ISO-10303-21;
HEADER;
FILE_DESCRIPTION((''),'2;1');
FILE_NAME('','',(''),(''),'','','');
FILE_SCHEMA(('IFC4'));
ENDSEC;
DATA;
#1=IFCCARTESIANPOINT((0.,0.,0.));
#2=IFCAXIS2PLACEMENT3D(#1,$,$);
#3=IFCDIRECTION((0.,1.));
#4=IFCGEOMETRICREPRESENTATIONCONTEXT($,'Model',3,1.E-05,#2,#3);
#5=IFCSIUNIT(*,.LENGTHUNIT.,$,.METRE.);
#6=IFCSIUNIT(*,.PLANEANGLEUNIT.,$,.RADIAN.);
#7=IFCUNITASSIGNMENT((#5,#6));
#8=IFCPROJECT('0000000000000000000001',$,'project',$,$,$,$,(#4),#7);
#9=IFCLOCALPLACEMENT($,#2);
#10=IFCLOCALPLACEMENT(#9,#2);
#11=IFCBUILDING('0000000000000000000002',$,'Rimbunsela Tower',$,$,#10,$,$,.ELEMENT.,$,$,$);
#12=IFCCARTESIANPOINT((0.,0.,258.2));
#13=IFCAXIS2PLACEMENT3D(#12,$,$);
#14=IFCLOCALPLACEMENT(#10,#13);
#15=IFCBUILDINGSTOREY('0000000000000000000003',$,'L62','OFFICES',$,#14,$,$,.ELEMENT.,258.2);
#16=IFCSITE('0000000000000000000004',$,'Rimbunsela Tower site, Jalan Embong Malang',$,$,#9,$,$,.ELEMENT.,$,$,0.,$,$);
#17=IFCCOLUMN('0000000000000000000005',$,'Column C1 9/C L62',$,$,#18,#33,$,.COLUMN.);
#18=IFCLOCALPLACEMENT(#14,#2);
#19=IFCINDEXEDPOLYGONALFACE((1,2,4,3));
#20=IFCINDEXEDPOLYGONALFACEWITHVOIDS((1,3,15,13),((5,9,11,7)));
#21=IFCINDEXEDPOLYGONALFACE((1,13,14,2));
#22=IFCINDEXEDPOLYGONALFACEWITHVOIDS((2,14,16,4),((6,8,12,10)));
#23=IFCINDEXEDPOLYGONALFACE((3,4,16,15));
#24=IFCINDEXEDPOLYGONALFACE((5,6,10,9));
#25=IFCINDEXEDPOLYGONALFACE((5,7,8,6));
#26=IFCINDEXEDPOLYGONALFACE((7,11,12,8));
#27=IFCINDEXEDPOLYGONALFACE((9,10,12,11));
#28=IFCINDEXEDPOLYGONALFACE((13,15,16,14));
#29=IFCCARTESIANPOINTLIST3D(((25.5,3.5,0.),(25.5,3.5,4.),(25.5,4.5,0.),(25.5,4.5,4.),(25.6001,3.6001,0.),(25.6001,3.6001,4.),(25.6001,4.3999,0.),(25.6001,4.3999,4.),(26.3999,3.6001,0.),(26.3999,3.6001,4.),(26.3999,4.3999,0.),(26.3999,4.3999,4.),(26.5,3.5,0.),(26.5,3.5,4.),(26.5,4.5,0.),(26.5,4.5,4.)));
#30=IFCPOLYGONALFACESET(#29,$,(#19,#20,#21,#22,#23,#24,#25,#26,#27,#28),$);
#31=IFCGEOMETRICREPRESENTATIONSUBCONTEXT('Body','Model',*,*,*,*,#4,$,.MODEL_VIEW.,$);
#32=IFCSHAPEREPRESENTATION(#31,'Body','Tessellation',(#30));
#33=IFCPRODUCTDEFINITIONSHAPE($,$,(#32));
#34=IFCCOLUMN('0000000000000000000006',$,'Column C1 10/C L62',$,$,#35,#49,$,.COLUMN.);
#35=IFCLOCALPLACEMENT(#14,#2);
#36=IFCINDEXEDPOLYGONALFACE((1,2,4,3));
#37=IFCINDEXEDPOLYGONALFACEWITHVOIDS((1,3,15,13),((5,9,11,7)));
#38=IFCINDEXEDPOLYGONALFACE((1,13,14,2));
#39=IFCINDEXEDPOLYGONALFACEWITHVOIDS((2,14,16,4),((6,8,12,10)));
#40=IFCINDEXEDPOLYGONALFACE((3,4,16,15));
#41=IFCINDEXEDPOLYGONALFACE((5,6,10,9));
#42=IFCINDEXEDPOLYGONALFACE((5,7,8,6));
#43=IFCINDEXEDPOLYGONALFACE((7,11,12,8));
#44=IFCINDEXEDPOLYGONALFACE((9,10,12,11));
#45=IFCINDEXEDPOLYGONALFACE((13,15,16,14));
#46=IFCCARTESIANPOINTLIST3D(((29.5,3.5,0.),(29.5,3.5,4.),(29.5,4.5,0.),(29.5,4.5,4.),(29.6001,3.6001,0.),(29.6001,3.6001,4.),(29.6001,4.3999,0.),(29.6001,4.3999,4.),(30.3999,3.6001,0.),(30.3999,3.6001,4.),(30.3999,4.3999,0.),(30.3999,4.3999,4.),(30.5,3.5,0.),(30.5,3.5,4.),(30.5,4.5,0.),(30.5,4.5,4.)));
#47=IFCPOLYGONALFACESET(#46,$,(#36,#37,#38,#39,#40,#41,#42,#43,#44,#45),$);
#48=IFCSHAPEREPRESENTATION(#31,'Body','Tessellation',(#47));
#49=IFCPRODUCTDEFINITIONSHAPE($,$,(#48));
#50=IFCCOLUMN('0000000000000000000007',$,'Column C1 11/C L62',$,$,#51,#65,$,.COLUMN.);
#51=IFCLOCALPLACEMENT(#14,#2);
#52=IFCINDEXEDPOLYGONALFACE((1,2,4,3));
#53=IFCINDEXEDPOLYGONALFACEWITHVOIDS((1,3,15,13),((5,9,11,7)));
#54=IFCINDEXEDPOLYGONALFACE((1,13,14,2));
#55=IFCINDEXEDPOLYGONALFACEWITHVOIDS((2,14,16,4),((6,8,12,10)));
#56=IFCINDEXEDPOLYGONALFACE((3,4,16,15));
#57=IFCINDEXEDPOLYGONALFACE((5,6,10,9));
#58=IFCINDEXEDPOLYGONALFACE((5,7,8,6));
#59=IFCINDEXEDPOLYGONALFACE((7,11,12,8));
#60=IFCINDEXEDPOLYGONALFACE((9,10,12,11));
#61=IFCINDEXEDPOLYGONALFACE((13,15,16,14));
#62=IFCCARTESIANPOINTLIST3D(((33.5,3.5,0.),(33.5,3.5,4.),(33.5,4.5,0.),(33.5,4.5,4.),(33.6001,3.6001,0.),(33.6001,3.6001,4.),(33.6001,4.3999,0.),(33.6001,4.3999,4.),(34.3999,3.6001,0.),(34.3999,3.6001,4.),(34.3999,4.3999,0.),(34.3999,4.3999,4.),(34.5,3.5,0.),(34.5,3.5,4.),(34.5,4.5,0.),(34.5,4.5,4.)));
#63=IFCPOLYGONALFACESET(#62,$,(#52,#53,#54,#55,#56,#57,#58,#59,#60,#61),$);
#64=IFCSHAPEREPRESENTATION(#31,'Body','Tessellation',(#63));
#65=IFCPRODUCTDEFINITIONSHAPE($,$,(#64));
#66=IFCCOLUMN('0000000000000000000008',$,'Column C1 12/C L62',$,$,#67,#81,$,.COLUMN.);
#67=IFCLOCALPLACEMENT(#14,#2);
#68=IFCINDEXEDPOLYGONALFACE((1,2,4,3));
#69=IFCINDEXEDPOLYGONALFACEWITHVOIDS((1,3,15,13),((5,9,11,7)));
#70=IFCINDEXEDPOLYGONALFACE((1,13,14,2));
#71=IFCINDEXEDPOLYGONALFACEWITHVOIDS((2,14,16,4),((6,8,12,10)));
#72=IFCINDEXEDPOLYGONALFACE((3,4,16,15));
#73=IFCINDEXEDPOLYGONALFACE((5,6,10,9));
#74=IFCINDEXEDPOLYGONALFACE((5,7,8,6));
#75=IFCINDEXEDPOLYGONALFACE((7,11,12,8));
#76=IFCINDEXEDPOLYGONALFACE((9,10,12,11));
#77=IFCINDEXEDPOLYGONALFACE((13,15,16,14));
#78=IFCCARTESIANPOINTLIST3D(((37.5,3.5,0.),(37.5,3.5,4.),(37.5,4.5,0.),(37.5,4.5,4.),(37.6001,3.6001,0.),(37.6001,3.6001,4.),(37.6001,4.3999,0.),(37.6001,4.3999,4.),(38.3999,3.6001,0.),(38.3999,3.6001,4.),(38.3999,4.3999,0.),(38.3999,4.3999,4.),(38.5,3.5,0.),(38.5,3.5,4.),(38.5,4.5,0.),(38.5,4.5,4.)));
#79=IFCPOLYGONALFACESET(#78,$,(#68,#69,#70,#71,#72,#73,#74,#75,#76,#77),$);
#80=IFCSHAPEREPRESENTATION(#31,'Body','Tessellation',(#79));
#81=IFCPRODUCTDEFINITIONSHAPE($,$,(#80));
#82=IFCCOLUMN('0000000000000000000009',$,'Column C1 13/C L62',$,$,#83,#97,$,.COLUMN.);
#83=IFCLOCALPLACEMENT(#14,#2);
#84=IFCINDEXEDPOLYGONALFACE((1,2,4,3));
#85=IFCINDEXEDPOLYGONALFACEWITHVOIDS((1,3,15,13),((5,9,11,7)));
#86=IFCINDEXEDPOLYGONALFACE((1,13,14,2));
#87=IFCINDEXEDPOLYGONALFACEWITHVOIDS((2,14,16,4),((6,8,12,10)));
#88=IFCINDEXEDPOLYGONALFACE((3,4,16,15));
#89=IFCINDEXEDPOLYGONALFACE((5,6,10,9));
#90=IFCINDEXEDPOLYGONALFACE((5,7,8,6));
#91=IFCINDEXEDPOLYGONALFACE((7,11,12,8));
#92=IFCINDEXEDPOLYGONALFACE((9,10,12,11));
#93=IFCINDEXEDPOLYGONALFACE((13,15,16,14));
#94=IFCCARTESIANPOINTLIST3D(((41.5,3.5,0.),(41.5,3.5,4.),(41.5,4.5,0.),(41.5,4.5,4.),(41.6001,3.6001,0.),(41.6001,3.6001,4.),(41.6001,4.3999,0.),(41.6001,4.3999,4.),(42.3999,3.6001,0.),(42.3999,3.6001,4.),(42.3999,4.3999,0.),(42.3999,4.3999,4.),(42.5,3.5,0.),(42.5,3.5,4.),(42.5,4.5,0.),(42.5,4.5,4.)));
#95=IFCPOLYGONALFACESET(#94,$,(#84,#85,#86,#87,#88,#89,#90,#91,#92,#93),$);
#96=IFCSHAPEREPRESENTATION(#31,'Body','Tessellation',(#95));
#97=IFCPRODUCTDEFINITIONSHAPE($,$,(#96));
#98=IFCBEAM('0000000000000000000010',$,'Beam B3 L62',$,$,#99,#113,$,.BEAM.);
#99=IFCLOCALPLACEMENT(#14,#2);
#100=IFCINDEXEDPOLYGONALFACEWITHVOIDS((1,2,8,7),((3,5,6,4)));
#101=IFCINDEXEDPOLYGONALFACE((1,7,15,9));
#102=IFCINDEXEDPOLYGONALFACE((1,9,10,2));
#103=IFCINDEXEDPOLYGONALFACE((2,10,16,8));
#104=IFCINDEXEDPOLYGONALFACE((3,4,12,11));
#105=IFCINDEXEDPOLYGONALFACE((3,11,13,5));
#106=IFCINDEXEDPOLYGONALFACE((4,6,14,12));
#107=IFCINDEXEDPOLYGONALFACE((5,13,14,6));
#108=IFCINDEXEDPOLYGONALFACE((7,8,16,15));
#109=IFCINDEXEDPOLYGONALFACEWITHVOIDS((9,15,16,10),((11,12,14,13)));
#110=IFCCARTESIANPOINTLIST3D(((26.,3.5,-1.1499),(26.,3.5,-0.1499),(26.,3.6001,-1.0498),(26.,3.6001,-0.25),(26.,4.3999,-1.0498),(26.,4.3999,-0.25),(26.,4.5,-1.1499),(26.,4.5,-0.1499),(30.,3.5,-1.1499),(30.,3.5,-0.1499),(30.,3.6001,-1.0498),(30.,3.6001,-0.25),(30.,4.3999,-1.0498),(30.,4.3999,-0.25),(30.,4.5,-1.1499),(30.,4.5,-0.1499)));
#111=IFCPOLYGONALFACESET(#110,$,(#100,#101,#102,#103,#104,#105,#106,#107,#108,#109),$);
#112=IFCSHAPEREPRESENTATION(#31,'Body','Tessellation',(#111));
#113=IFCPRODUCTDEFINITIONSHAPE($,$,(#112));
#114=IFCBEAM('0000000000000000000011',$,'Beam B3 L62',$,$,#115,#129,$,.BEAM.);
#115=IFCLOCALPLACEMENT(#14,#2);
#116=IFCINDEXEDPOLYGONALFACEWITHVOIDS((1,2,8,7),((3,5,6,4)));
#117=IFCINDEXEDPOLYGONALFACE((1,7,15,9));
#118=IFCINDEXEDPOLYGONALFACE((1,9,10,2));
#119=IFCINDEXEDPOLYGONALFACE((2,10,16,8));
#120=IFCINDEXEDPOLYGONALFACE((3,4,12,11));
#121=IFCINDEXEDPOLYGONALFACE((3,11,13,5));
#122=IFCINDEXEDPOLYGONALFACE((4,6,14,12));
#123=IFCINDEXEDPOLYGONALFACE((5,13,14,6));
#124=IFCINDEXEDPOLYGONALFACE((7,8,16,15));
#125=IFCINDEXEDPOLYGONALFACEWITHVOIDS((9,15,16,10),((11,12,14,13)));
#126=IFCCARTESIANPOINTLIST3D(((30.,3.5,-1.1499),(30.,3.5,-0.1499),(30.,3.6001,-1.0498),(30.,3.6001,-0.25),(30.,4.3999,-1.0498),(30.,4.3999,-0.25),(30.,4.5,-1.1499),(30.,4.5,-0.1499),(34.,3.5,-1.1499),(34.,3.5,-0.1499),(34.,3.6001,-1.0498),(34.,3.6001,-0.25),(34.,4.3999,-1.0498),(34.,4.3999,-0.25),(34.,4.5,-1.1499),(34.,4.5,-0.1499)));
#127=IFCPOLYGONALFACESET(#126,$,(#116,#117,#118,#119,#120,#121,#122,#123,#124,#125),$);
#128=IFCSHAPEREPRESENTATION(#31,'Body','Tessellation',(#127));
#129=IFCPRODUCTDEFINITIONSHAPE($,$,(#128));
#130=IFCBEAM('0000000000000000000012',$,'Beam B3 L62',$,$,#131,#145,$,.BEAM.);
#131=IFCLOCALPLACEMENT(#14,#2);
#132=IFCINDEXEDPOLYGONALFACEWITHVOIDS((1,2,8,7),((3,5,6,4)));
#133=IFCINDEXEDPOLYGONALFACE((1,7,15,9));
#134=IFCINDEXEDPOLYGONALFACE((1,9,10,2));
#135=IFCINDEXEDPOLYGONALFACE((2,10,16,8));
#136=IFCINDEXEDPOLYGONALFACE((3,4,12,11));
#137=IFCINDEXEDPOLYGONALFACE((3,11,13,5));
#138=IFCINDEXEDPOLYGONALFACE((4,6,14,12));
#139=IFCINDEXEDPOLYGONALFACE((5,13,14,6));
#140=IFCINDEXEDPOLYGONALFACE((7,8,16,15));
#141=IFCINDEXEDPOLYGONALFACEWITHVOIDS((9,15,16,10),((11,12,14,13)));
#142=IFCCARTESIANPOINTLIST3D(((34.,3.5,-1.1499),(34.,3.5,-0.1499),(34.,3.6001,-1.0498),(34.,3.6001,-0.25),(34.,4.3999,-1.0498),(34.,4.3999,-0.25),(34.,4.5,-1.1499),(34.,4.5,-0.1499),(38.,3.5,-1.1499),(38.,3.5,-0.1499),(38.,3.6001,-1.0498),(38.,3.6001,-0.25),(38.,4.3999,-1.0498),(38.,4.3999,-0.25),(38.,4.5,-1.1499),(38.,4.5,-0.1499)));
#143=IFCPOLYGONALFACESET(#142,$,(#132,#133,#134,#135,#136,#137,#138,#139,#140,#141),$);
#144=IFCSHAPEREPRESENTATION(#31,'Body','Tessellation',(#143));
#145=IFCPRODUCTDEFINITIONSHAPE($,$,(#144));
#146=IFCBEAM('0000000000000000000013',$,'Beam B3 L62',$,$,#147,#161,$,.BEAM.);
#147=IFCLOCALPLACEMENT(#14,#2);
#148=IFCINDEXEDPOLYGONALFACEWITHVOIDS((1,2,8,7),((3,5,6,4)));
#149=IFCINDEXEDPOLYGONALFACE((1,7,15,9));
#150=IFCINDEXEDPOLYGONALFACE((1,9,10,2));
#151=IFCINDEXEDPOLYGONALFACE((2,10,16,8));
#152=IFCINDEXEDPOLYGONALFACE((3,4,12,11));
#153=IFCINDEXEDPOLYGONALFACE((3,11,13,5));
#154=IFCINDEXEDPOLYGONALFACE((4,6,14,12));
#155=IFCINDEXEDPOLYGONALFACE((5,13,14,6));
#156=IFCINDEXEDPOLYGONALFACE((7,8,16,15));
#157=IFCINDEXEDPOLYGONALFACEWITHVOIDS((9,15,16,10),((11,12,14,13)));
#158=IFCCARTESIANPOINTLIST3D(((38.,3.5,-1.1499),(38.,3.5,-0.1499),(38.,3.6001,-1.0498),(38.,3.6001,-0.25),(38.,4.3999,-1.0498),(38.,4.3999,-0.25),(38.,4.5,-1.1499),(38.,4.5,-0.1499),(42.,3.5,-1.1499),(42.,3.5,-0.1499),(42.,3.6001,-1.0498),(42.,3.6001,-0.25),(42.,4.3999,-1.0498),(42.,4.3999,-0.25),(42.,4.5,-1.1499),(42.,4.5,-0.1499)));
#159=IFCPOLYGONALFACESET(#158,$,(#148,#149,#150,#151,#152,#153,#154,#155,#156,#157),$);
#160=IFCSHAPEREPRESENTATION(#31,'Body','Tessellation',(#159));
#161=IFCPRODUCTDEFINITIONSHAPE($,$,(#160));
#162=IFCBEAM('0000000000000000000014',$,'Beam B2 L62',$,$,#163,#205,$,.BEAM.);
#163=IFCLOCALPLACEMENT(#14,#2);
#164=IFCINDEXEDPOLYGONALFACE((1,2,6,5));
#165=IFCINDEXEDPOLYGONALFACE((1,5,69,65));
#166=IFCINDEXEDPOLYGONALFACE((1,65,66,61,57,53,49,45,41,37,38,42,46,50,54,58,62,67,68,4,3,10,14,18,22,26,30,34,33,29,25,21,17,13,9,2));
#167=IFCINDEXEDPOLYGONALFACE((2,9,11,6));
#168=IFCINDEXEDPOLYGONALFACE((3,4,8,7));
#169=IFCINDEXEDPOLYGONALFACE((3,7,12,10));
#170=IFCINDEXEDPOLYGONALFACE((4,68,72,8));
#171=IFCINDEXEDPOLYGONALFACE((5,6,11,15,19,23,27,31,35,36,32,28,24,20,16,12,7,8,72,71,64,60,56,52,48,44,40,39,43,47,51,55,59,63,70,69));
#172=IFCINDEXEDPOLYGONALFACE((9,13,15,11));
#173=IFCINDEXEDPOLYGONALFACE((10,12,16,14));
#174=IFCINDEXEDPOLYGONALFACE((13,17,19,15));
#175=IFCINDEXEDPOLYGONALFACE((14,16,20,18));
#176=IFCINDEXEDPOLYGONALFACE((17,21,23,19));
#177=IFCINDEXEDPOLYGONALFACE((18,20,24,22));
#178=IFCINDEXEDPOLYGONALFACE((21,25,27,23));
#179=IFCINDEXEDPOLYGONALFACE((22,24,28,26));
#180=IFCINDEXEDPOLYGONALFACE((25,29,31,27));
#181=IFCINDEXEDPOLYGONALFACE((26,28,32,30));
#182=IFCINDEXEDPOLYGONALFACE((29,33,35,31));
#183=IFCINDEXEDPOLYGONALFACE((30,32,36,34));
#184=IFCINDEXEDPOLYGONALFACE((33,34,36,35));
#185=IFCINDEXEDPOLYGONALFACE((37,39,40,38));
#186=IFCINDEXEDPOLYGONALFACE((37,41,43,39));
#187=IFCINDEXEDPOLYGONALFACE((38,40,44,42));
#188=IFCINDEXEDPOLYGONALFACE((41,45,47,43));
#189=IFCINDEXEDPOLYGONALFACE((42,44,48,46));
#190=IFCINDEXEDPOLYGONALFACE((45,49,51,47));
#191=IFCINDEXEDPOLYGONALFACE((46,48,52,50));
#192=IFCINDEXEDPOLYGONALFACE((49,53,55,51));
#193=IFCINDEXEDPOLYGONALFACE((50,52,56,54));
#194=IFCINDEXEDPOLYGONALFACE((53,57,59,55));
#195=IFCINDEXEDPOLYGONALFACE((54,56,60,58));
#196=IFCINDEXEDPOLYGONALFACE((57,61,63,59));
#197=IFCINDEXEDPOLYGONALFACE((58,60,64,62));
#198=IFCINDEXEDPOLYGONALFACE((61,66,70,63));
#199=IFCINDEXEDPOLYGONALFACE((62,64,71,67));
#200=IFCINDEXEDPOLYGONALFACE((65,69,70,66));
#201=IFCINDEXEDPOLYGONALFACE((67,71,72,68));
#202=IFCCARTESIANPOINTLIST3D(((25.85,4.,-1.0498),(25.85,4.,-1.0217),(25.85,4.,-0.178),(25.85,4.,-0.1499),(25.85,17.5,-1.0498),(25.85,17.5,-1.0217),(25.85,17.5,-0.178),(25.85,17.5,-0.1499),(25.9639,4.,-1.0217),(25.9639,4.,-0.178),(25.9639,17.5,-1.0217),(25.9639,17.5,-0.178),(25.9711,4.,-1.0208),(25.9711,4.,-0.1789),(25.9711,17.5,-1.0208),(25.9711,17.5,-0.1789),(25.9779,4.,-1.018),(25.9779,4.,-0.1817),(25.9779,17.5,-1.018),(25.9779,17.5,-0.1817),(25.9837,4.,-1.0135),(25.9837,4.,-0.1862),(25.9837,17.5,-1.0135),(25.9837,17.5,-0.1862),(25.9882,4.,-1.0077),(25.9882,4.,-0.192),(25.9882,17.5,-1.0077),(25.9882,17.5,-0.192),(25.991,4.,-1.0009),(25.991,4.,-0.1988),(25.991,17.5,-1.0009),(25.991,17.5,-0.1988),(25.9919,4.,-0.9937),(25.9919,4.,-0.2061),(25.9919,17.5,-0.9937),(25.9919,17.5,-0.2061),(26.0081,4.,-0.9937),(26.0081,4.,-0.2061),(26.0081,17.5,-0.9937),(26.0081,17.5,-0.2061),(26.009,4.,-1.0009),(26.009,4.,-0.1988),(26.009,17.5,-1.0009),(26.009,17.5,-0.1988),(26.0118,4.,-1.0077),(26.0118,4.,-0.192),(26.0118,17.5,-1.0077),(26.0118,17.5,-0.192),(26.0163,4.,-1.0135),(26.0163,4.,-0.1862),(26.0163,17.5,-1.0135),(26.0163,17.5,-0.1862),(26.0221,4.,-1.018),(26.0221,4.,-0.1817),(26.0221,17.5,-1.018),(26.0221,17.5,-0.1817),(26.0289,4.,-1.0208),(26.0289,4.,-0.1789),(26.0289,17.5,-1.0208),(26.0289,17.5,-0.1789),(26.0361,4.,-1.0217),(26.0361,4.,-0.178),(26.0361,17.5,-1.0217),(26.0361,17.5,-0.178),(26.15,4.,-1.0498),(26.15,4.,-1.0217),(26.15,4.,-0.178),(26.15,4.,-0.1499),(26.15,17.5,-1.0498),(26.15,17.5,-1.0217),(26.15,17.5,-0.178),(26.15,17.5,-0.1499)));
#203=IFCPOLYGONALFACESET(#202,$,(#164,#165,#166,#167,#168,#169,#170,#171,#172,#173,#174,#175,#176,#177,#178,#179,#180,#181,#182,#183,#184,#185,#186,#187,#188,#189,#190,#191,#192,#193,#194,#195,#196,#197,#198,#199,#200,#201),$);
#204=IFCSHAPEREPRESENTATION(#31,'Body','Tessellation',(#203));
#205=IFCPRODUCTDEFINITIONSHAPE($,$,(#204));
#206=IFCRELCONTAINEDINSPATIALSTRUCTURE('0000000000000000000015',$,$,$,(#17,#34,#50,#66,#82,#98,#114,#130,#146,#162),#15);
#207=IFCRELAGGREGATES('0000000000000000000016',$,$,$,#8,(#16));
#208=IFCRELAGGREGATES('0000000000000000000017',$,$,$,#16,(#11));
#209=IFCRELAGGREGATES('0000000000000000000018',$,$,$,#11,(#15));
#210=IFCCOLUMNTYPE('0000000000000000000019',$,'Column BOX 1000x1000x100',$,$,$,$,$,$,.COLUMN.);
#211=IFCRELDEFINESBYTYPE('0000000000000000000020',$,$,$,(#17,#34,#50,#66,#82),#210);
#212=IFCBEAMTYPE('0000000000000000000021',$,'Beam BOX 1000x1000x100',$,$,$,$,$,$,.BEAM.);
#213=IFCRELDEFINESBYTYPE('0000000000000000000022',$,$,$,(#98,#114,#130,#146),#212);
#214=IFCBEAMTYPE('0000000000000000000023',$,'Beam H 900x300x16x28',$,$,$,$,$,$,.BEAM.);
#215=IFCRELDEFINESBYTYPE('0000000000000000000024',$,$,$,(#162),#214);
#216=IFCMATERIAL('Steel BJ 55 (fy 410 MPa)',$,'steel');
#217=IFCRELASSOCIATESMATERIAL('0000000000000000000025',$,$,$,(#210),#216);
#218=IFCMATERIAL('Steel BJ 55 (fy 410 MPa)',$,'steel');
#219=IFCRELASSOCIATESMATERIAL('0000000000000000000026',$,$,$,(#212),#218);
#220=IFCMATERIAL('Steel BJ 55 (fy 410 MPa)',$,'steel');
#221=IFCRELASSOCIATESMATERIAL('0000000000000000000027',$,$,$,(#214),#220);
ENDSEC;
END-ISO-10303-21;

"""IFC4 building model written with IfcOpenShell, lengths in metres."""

from ifc_helpers import new_model, si_unit, direction, frame, origin, origin_2d, place, context, subcontext, project, spatial, hollow_rectangle, i_section, extrude, material, material_profile, profile_set, type_object, element, save


model = new_model("IFC4")

# Units and contexts
model_context = context("Model", 3, precision=1e-05, world=origin(), true_north=direction((0.0, 1.0)))
body_context = subcontext(model_context, "Body", "Model", "MODEL_VIEW")
ifc_project = project(units=[si_unit("LENGTHUNIT", "METRE"), si_unit("PLANEANGLEUNIT", "RADIAN")], contexts=[model_context])

# Site, building, storey
site_placement = place(None, origin())
site = spatial("IfcSite", under=ifc_project, at=site_placement, Name="Rimbunsela Tower site, Jalan Embong Malang", CompositionType="ELEMENT", RefElevation=0.0)
building_placement = place(site_placement, origin())
building = spatial("IfcBuilding", under=site, at=building_placement, Name="Rimbunsela Tower", CompositionType="ELEMENT")
storey_placement = place(building_placement, frame((0.0, 0.0, 258.2)))
storey = spatial("IfcBuildingStorey", under=building, at=storey_placement, Name="L62", Description="OFFICES", CompositionType="ELEMENT", Elevation=258.2)

# Columns
ifc_material_1 = material(Name="Steel BJ 55 (fy 410 MPa)", Category="steel")
ifc_material_profile_1 = material_profile(ifc_material_1, hollow_rectangle(XDim=1.0, YDim=1.0, WallThickness=0.1001, at=origin_2d()), Name="BOX 1000x1000x100")
ifc_profile_set_1 = profile_set([ifc_material_profile_1], Name="Steel BJ 55 (fy 410 MPa)")
column_type = type_object("IfcColumnType", Name="Column BOX 1000x1000x100", PredefinedType="COLUMN", material=ifc_profile_set_1)
for number, where, z_axis, x_axis, name in (
    (1, (26.0, 4.0, 0.0), (0.0, 0.0, 1.0), (1.0, 0.0, 0.0), "Column C1 9/C L62"),
    (2, (30.0, 4.0, 0.0), (0.0, 0.0, 1.0), (1.0, 0.0, 0.0), "Column C1 10/C L62"),
    (3, (34.0, 4.0, 0.0), (0.0, 0.0, 1.0), (1.0, 0.0, 0.0), "Column C1 11/C L62"),
    (4, (38.0, 4.0, 0.0), (0.0, 0.0, 1.0), (1.0, 0.0, 0.0), "Column C1 12/C L62"),
    (5, (42.0, 4.0, 0.0), (0.0, 0.0, 1.0), (1.0, 0.0, 0.0), "Column C1 13/C L62"),
):
    element("IfcColumn", number, at=place(storey_placement, frame(where, z_axis=z_axis, x_axis=x_axis)), inside=storey, type_object=column_type, Name=name, PredefinedType="COLUMN", context=body_context, shape_type="SweptSolid", body=[
        extrude(hollow_rectangle(XDim=1.0, YDim=1.0, WallThickness=0.1001, at=origin_2d()), origin(), (0.0, 0.0, 1.0), 4.0),
    ])

# Beams
ifc_material_2 = material(Name="Steel BJ 55 (fy 410 MPa)", Category="steel")
ifc_material_profile_2 = material_profile(ifc_material_2, hollow_rectangle(XDim=1.0, YDim=1.0, WallThickness=0.1001, at=origin_2d()), Name="BOX 1000x1000x100")
ifc_profile_set_2 = profile_set([ifc_material_profile_2], Name="Steel BJ 55 (fy 410 MPa)")
beam_type_1 = type_object("IfcBeamType", Name="Beam BOX 1000x1000x100", PredefinedType="BEAM", material=ifc_profile_set_2)
for number, where, z_axis, x_axis, name in (
    (6, (26.0, 4.0, -0.6499), (1.0, 0.0, 0.0), (0.0, 1.0, 0.0), "Beam B3 L62"),
    (7, (30.0, 4.0, -0.6499), (1.0, 0.0, 0.0), (0.0, 1.0, 0.0), "Beam B3 L62"),
    (8, (34.0, 4.0, -0.6499), (1.0, 0.0, 0.0), (0.0, 1.0, 0.0), "Beam B3 L62"),
    (9, (38.0, 4.0, -0.6499), (1.0, 0.0, 0.0), (0.0, 1.0, 0.0), "Beam B3 L62"),
):
    element("IfcBeam", number, at=place(storey_placement, frame(where, z_axis=z_axis, x_axis=x_axis)), inside=storey, type_object=beam_type_1, Name=name, PredefinedType="BEAM", context=body_context, shape_type="SweptSolid", body=[
        extrude(hollow_rectangle(XDim=1.0, YDim=1.0, WallThickness=0.1001, at=origin_2d()), origin(), (0.0, 0.0, 1.0), 4.0),
    ])
ifc_material_3 = material(Name="Steel BJ 55 (fy 410 MPa)", Category="steel")
ifc_material_profile_3 = material_profile(ifc_material_3, i_section(OverallWidth=0.3, OverallDepth=0.8999, WebThickness=0.0161, FlangeThickness=0.0281, FilletRadius=0.0281, at=origin_2d()), Name="H 900x300x16x28")
ifc_profile_set_3 = profile_set([ifc_material_profile_3], Name="Steel BJ 55 (fy 410 MPa)")
beam_type_2 = type_object("IfcBeamType", Name="Beam H 900x300x16x28", PredefinedType="BEAM", material=ifc_profile_set_3)
for number, where, z_axis, x_axis, name in (
    (10, (26.0, 4.0, -0.5999), (0.0, 1.0, 0.0), (-1.0, 0.0, 0.0), "Beam B2 L62"),
):
    element("IfcBeam", number, at=place(storey_placement, frame(where, z_axis=z_axis, x_axis=x_axis)), inside=storey, type_object=beam_type_2, Name=name, PredefinedType="BEAM", context=body_context, shape_type="SweptSolid", body=[
        extrude(i_section(OverallWidth=0.3, OverallDepth=0.8999, WebThickness=0.0161, FlangeThickness=0.0281, FilletRadius=0.0281, at=origin_2d()), origin(), (0.0, 0.0, 1.0), 13.5),
    ])

save(model, "model.ifc")
